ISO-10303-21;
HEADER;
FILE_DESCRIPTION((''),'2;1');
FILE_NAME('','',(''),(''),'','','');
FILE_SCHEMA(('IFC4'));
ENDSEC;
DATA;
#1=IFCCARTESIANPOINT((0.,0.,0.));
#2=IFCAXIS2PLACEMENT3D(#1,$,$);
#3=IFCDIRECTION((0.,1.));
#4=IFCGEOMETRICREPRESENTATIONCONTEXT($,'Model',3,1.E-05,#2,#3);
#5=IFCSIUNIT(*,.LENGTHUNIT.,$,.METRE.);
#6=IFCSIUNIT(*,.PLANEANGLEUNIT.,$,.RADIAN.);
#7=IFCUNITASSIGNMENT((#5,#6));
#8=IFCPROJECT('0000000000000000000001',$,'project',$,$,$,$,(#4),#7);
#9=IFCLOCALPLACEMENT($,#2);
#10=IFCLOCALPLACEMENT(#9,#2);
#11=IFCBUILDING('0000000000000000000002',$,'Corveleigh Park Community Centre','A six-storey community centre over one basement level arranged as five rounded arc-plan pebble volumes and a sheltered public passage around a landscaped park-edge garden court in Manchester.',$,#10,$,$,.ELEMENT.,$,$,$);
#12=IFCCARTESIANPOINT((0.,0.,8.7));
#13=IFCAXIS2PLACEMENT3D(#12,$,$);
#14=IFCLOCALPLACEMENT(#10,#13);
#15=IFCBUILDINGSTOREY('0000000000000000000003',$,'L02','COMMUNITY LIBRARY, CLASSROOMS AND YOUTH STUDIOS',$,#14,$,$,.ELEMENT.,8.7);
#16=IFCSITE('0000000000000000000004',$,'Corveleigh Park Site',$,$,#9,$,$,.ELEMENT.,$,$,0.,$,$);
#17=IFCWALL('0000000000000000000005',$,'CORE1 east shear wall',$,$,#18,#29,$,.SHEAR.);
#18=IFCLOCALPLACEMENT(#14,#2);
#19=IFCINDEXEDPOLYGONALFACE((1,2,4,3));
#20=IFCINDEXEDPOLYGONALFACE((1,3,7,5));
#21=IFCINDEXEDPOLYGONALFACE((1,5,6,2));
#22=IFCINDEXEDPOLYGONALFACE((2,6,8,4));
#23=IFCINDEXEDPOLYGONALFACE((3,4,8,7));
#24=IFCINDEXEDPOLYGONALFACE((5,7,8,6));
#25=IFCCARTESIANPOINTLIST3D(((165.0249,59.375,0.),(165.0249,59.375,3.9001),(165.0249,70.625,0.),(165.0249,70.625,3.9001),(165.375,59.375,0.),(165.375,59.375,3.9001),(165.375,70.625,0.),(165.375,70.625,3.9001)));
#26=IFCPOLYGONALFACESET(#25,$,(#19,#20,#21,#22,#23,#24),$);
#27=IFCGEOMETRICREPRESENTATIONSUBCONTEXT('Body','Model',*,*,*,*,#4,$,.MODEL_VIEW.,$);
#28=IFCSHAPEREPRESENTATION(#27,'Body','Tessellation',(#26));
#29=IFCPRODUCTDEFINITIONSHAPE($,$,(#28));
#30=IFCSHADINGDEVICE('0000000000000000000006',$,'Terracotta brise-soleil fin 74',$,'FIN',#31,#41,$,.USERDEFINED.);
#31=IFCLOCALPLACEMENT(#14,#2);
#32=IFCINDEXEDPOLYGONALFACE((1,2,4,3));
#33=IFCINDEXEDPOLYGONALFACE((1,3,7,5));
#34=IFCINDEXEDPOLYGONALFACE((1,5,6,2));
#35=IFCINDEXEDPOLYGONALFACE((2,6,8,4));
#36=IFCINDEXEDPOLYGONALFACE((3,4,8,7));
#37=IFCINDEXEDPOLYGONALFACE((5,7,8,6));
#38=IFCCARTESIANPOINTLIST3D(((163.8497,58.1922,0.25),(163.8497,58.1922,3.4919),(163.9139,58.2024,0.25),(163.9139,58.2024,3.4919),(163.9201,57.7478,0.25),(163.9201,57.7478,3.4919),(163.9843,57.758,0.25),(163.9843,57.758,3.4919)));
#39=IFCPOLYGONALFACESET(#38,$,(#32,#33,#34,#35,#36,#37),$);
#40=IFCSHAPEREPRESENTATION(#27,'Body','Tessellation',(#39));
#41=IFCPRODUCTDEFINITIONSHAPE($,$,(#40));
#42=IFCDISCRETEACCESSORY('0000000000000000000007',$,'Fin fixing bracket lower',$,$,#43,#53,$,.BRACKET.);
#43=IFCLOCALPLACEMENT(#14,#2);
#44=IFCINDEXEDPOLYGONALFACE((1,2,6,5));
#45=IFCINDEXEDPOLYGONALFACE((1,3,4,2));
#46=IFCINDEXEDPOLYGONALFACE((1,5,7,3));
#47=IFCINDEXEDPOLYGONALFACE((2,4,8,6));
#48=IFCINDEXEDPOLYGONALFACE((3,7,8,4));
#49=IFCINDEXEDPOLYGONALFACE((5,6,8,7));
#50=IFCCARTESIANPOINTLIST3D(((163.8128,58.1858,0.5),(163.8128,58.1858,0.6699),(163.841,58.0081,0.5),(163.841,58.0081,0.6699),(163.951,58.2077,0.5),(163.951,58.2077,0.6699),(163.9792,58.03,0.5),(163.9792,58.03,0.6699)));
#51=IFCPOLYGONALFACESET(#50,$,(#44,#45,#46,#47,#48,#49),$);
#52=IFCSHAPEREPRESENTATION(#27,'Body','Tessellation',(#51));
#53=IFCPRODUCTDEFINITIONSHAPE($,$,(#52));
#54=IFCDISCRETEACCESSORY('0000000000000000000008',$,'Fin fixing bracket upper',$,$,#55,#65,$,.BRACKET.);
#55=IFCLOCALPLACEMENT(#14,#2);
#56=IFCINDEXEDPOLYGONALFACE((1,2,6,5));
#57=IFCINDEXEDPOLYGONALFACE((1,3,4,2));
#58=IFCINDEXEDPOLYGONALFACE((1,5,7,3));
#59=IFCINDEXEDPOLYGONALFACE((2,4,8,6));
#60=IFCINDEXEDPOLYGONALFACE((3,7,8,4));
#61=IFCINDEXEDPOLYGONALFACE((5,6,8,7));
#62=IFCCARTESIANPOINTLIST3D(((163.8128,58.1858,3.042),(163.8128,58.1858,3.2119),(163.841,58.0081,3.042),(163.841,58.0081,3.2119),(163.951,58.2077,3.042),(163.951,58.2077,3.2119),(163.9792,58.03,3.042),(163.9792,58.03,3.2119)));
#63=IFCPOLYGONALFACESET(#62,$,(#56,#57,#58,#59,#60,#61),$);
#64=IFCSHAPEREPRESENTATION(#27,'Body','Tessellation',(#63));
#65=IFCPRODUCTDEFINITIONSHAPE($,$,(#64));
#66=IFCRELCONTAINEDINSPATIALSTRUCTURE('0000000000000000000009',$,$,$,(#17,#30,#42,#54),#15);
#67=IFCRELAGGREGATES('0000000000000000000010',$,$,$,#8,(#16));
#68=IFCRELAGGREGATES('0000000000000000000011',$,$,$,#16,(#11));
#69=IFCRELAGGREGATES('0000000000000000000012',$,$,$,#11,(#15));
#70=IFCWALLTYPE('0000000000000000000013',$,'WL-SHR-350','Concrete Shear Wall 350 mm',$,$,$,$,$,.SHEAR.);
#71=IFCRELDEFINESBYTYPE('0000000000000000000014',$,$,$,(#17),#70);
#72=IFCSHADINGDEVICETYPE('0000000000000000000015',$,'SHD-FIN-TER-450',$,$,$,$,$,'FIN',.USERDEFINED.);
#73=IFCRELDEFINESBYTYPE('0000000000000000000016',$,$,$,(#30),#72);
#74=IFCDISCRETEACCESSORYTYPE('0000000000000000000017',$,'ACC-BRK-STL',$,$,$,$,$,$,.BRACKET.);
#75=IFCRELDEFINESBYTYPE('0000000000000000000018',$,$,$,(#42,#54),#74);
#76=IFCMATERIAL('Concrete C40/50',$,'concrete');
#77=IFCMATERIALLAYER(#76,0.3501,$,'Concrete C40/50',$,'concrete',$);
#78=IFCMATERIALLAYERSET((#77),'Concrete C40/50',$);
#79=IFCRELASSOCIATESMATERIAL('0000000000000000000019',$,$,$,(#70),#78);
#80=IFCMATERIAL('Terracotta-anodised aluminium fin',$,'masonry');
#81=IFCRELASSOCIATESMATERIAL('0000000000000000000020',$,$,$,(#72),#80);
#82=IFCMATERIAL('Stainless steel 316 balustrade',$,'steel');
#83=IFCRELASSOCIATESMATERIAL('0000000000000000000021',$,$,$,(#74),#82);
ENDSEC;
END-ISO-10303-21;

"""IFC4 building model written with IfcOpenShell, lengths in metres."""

from ifc_helpers import new_model, si_unit, direction, frame, frame_2d, origin, origin_2d, place, context, subcontext, project, spatial, rectangle, extrude, material, layer, layer_set, type_object, element, save


model = new_model("IFC4")

# Units and contexts
model_context = context("Model", 3, precision=1e-05, world=origin(), true_north=direction((0.0, 1.0)))
body_context = subcontext(model_context, "Body", "Model", "MODEL_VIEW")
ifc_project = project(units=[si_unit("LENGTHUNIT", "METRE"), si_unit("PLANEANGLEUNIT", "RADIAN")], contexts=[model_context])

# Site, building, storey
site_placement = place(None, origin())
site = spatial("IfcSite", under=ifc_project, at=site_placement, Name="Corveleigh Park Site", CompositionType="ELEMENT", RefElevation=0.0)
building_placement = place(site_placement, origin())
building = spatial("IfcBuilding", under=site, at=building_placement, Name="Corveleigh Park Community Centre", Description="A six-storey community centre over one basement level arranged as five rounded arc-plan pebble volumes and a sheltered public passage around a landscaped park-edge garden court in Manchester.", CompositionType="ELEMENT")
storey_placement = place(building_placement, frame((0.0, 0.0, 8.7)))
storey = spatial("IfcBuildingStorey", under=building, at=storey_placement, Name="L02", Description="COMMUNITY LIBRARY, CLASSROOMS AND YOUTH STUDIOS", CompositionType="ELEMENT", Elevation=8.7)

# Wall
ifc_material_1 = material(Name="Concrete C40/50", Category="concrete")
ifc_layer_1 = layer(ifc_material_1, 0.3501, Name="Concrete C40/50", Category="concrete")
ifc_layer_set_1 = layer_set([ifc_layer_1], Name="Concrete C40/50")
wall_type_1 = type_object("IfcWallType", Name="WL-SHR-350", Description="Concrete Shear Wall 350 mm", PredefinedType="SHEAR", material=ifc_layer_set_1)
wall_1_placement = place(storey_placement, frame((165.2, 59.375, 0.0), z_axis=(0.0, 0.0, 1.0), x_axis=(0.0, 1.0, 0.0)))
element("IfcWall", 1, at=wall_1_placement, inside=storey, type_object=wall_type_1, Name="CORE1 east shear wall", PredefinedType="SHEAR", context=body_context, shape_type="SweptSolid", body=[
    extrude(rectangle(XDim=11.25, YDim=0.3501, at=frame_2d((5.625, 0.0))), origin(), (0.0, 0.0, 1.0), 3.9001),
])

# Shading device
ifc_material_2 = material(Name="Terracotta-anodised aluminium fin", Category="masonry")
shading_device_type = type_object("IfcShadingDeviceType", Name="SHD-FIN-TER-450", ElementType="FIN", PredefinedType="USERDEFINED", material=ifc_material_2)
shading_device_placement = place(storey_placement, frame((163.917, 57.9751, 0.25), z_axis=(0.0, 0.0, 1.0), x_axis=(0.156448, -0.987686, 0.0)))
element("IfcShadingDevice", 2, at=shading_device_placement, inside=storey, type_object=shading_device_type, Name="Terracotta brise-soleil fin 74", ObjectType="FIN", PredefinedType="USERDEFINED", context=body_context, shape_type="SweptSolid", body=[
    extrude(rectangle(XDim=0.45, YDim=0.0649, at=origin_2d()), origin(), (0.0, 0.0, 1.0), 3.2419),
])

# Discrete accessories
ifc_material_3 = material(Name="Stainless steel 316 balustrade", Category="steel")
discrete_accessory_type = type_object("IfcDiscreteAccessoryType", Name="ACC-BRK-STL", PredefinedType="BRACKET", material=ifc_material_3)
for number, where, z_axis, x_axis, name in (
    (3, (163.896, 58.1079, 0.5), (0.0, 0.0, 1.0), (0.156448, -0.987686, 0.0), "Fin fixing bracket lower"),
    (4, (163.896, 58.1079, 3.042), (0.0, 0.0, 1.0), (0.156448, -0.987686, 0.0), "Fin fixing bracket upper"),
):
    element("IfcDiscreteAccessory", number, at=place(storey_placement, frame(where, z_axis=z_axis, x_axis=x_axis)), inside=storey, type_object=discrete_accessory_type, Name=name, PredefinedType="BRACKET", context=body_context, shape_type="SweptSolid", body=[
        extrude(rectangle(XDim=0.1799, YDim=0.1399, at=origin_2d()), origin(), (0.0, 0.0, 1.0), 0.1699),
    ])

save(model, "model.ifc")
